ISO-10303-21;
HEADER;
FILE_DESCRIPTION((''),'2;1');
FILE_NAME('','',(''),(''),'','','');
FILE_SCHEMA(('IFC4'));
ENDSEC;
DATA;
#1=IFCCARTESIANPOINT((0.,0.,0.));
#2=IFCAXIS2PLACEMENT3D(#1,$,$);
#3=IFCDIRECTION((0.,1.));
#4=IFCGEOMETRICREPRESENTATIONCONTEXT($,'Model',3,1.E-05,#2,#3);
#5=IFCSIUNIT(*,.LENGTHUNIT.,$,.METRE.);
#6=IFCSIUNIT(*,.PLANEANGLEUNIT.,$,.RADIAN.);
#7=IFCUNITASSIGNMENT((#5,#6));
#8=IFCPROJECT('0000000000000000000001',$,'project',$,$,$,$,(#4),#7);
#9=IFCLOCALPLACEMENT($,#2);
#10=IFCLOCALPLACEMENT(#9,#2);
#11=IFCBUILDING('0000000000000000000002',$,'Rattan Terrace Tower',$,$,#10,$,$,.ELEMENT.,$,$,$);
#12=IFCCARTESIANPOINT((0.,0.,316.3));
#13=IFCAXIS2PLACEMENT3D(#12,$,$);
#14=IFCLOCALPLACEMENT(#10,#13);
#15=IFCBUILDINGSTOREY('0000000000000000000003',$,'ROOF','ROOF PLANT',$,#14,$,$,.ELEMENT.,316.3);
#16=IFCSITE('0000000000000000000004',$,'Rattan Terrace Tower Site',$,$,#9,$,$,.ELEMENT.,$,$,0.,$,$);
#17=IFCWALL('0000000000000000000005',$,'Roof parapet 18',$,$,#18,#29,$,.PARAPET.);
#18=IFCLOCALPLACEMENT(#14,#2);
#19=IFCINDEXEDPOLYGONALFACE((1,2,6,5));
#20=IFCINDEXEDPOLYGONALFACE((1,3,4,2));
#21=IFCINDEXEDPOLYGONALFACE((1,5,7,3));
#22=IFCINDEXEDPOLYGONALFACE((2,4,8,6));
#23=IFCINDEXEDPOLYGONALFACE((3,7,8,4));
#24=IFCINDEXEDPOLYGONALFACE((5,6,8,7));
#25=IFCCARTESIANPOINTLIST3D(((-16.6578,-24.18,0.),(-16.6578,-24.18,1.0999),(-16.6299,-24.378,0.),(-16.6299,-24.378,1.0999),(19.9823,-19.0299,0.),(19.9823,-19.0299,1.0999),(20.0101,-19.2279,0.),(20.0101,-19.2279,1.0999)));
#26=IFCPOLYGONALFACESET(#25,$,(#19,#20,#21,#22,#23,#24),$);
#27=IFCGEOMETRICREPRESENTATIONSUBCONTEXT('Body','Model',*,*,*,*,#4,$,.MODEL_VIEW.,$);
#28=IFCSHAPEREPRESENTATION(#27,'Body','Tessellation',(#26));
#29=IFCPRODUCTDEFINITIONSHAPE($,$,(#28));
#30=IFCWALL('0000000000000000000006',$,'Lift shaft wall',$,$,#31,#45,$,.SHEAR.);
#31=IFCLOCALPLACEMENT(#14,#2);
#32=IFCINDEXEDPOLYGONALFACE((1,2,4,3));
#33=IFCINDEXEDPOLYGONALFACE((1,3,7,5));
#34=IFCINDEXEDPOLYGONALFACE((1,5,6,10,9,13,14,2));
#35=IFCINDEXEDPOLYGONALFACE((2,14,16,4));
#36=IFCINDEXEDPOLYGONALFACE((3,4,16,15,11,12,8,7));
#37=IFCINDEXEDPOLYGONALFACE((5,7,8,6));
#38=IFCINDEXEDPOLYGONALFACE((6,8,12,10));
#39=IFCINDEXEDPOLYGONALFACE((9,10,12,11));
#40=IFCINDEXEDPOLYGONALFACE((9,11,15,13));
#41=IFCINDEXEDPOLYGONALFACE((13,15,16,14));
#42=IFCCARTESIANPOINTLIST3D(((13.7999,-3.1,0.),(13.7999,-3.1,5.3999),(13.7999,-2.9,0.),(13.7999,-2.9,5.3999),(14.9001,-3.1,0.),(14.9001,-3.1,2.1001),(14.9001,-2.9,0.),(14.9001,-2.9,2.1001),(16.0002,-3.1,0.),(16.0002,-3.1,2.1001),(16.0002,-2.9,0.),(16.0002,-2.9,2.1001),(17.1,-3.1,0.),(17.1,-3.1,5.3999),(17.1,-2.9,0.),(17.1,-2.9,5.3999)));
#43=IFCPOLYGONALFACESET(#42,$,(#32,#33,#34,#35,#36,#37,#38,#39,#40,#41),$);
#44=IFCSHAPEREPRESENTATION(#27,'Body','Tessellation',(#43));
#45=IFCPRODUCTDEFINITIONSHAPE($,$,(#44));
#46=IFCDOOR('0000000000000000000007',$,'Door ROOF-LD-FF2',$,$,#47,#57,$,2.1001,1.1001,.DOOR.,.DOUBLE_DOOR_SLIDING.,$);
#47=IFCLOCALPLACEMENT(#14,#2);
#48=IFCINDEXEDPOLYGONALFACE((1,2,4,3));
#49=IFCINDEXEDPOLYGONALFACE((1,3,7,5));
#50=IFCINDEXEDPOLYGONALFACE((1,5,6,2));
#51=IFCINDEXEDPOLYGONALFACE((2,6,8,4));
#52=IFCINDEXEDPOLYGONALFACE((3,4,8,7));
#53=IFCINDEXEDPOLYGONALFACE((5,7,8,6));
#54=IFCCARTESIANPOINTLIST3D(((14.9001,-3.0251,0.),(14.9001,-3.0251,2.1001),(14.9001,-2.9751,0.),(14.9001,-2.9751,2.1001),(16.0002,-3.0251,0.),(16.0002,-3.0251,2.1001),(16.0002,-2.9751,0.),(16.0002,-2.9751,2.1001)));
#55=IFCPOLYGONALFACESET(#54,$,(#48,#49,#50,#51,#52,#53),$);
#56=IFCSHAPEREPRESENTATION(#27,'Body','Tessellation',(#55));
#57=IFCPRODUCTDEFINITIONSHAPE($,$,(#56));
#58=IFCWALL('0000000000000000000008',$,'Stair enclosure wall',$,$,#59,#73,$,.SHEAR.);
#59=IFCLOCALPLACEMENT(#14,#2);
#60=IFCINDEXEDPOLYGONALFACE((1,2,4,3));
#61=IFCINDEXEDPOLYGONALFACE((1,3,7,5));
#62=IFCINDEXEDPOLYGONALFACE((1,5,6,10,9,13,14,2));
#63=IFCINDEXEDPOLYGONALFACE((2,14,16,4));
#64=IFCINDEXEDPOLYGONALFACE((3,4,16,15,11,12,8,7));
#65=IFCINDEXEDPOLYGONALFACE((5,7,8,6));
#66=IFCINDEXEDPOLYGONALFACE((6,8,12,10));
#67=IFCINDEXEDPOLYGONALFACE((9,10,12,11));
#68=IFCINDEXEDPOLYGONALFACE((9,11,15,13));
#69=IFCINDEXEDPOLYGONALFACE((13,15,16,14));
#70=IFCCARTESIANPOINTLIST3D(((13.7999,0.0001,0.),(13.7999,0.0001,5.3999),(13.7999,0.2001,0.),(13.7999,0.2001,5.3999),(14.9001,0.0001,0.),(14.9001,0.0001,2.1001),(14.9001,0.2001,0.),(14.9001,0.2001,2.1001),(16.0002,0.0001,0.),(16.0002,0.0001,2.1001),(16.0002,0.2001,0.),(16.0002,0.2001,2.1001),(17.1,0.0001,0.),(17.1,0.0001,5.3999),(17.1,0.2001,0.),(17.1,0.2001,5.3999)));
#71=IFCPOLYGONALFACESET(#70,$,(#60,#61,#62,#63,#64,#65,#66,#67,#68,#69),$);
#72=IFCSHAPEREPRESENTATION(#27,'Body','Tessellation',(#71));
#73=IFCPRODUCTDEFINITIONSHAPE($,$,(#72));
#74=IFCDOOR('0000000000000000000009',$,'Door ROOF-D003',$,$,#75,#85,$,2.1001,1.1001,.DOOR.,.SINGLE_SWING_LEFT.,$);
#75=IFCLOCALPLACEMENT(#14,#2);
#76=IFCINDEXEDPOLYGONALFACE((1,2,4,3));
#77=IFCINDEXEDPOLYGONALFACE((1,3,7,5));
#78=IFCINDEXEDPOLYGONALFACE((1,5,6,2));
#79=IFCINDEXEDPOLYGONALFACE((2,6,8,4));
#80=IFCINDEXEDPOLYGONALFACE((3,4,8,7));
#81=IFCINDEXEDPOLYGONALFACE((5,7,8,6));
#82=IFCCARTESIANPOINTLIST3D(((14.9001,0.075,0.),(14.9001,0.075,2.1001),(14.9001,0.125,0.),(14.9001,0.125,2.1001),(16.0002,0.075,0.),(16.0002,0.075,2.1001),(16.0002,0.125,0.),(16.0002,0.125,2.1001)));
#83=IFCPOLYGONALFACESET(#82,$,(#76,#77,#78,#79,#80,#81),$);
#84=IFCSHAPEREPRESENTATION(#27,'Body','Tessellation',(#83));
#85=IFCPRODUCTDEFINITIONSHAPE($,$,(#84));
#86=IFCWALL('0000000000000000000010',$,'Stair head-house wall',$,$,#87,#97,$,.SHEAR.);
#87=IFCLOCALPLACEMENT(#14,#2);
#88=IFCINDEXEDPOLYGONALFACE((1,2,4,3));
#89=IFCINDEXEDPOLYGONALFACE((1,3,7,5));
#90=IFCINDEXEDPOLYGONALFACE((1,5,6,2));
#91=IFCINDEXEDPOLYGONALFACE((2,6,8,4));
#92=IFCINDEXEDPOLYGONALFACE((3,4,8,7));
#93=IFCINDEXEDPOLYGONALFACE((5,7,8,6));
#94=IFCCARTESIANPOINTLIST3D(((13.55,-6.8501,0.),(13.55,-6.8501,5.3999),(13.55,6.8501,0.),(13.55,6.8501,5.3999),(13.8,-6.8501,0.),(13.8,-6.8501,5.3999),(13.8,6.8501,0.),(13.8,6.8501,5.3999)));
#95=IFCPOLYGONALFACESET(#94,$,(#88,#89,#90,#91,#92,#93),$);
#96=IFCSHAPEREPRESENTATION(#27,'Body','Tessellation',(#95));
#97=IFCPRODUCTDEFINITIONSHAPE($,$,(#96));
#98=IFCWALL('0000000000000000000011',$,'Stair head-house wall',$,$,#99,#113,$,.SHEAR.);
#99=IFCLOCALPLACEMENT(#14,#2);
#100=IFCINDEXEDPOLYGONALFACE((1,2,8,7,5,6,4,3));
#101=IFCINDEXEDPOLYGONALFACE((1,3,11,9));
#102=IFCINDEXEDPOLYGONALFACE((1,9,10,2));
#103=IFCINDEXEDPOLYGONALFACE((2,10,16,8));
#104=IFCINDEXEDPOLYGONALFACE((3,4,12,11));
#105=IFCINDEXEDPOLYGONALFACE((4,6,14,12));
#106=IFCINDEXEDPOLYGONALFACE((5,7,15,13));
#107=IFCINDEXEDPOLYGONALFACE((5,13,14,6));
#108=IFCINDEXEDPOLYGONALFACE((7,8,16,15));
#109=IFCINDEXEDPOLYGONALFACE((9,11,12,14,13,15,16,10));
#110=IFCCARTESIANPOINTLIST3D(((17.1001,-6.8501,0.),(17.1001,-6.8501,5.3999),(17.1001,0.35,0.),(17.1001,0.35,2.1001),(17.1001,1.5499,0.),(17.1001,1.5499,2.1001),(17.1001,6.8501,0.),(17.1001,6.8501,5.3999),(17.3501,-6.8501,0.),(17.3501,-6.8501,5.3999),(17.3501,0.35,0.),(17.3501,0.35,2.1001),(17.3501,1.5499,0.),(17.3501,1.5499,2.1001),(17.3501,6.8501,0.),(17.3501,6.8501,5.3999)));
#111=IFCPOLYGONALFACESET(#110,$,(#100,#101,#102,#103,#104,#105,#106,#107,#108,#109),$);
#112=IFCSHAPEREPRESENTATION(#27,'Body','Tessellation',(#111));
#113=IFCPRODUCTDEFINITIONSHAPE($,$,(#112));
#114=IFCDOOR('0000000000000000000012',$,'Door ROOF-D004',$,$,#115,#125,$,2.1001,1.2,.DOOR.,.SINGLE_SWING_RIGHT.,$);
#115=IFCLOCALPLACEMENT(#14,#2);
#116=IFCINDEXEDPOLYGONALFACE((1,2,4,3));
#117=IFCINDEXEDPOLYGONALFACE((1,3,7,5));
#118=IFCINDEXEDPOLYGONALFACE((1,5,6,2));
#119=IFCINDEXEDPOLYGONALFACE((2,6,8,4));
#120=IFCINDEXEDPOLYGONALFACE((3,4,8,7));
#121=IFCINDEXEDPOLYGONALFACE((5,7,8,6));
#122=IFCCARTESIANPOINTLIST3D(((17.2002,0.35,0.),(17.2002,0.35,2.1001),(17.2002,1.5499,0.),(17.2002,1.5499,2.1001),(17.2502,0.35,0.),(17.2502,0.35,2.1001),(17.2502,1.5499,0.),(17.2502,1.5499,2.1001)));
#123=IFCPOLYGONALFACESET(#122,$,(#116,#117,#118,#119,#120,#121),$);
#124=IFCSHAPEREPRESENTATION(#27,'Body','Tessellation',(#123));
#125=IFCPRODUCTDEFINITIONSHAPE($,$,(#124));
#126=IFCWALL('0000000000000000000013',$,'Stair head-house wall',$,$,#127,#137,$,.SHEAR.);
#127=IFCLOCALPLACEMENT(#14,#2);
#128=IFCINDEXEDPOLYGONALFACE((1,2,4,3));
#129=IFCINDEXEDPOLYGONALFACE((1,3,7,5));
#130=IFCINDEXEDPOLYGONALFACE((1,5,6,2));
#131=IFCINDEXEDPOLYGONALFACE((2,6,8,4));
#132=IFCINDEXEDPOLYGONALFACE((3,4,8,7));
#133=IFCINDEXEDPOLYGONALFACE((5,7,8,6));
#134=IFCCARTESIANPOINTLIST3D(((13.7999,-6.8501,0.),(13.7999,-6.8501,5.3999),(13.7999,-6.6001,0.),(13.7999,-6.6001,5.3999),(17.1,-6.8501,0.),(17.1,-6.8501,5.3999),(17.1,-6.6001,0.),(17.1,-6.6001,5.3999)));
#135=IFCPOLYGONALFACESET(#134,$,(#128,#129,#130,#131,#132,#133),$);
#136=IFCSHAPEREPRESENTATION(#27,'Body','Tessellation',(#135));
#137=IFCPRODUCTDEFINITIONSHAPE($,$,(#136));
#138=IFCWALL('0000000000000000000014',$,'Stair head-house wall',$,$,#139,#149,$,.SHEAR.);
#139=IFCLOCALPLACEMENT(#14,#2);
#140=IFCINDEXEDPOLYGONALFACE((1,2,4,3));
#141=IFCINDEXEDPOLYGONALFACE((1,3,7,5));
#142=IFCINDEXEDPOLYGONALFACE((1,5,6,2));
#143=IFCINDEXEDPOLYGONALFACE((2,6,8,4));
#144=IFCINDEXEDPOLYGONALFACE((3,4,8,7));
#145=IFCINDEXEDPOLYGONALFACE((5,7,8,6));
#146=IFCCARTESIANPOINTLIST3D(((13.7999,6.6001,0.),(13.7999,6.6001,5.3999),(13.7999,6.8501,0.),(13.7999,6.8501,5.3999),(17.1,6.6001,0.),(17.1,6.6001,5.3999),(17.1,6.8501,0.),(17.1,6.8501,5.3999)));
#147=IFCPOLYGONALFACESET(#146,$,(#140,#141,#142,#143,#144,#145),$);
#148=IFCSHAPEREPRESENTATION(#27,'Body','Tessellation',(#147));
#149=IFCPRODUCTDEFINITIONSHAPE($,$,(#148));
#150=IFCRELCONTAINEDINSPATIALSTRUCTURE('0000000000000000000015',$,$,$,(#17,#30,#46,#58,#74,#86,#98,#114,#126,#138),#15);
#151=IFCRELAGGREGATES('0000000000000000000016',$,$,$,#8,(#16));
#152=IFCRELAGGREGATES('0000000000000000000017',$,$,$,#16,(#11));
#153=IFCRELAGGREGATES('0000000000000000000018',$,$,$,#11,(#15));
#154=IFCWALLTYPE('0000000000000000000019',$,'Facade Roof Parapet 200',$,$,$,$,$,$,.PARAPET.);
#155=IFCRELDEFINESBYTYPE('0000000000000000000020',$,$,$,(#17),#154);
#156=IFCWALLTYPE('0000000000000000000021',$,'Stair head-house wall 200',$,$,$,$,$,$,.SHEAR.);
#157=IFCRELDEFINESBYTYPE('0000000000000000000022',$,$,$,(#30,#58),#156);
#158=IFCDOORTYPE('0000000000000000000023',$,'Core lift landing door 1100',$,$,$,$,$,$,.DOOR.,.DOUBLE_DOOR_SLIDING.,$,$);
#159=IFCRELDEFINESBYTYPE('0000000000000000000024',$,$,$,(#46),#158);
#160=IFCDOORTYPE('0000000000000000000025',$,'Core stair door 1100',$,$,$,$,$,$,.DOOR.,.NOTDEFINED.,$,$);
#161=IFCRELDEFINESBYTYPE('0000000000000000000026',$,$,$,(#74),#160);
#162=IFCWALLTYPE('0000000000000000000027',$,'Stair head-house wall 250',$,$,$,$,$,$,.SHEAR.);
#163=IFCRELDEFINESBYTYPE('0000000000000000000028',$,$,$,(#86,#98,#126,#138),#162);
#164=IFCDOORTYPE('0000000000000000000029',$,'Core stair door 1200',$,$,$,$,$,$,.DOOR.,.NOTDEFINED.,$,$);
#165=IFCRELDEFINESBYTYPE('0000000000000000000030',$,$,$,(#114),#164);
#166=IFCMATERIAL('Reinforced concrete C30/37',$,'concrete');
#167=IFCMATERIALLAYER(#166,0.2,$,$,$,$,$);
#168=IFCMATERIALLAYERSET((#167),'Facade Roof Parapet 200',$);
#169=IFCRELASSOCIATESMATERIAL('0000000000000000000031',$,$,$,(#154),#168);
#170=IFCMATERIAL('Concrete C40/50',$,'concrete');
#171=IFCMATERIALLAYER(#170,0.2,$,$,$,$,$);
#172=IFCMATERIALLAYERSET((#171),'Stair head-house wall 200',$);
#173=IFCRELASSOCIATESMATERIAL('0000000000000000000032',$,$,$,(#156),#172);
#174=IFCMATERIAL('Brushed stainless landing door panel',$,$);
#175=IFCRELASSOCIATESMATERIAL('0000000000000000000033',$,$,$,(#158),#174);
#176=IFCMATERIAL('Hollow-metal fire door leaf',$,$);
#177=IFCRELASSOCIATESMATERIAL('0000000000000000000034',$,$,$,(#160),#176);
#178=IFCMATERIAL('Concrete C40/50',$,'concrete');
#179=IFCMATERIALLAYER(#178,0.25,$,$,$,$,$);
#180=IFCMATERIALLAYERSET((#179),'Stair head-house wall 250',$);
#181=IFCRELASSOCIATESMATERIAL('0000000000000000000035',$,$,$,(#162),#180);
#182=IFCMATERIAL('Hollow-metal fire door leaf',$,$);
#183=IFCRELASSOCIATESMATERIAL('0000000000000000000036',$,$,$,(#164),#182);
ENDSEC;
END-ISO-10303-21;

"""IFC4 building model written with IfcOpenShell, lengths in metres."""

from ifc_helpers import new_model, si_unit, direction, frame, frame_2d, origin, place, context, subcontext, project, spatial, rectangle, extrude, material, layer, layer_set, type_object, element, fill, save


model = new_model("IFC4")

# Units and contexts
model_context = context("Model", 3, precision=1e-05, world=origin(), true_north=direction((0.0, 1.0)))
body_context = subcontext(model_context, "Body", "Model", "MODEL_VIEW")
ifc_project = project(units=[si_unit("LENGTHUNIT", "METRE"), si_unit("PLANEANGLEUNIT", "RADIAN")], contexts=[model_context])

# Site, building, storey
site_placement = place(None, origin())
site = spatial("IfcSite", under=ifc_project, at=site_placement, Name="Rattan Terrace Tower Site", CompositionType="ELEMENT", RefElevation=0.0)
building_placement = place(site_placement, origin())
building = spatial("IfcBuilding", under=site, at=building_placement, Name="Rattan Terrace Tower", CompositionType="ELEMENT")
storey_placement = place(building_placement, frame((0.0, 0.0, 316.3)))
storey = spatial("IfcBuildingStorey", under=building, at=storey_placement, Name="ROOF", Description="ROOF PLANT", CompositionType="ELEMENT", Elevation=316.3)

# Wall
ifc_material_1 = material(Name="Reinforced concrete C30/37", Category="concrete")
ifc_layer_1 = layer(ifc_material_1, 0.2)
ifc_layer_set_1 = layer_set([ifc_layer_1], Name="Facade Roof Parapet 200")
wall_type_1 = type_object("IfcWallType", Name="Facade Roof Parapet 200", PredefinedType="PARAPET", material=ifc_layer_set_1)
wall_1_placement = place(storey_placement, frame((19.9961, -19.1289, 0.0), z_axis=(0.0, 0.0, 1.0), x_axis=(-0.990265, -0.139192, 0.0)))
element("IfcWall", 1, at=wall_1_placement, inside=storey, type_object=wall_type_1, Name="Roof parapet 18", PredefinedType="PARAPET", context=body_context, shape_type="SweptSolid", body=[
    extrude(rectangle(XDim=37.0002, YDim=0.2, at=frame_2d((18.5, 0.0))), origin(), (0.0, 0.0, 1.0), 1.0999),
])

# Walls, openings, doors
ifc_material_2 = material(Name="Concrete C40/50", Category="concrete")
ifc_layer_2 = layer(ifc_material_2, 0.2)
ifc_layer_set_2 = layer_set([ifc_layer_2], Name="Stair head-house wall 200")
wall_type_2 = type_object("IfcWallType", Name="Stair head-house wall 200", PredefinedType="SHEAR", material=ifc_layer_set_2)
wall_2_placement = place(storey_placement, frame((13.8, -3.0, 0.0), z_axis=(0.0, 0.0, 1.0), x_axis=(1.0, 0.0, 0.0)))
wall_2 = element("IfcWall", 2, at=wall_2_placement, inside=storey, type_object=wall_type_2, Name="Lift shaft wall", PredefinedType="SHEAR", context=body_context, shape_type="SweptSolid", body=[
    extrude(rectangle(XDim=3.3, YDim=0.2, at=frame_2d((1.6499, 0.0))), origin(), (0.0, 0.0, 1.0), 5.3999),
])
opening_1_placement = place(wall_2_placement, frame((1.1001, 0.0, 0.0)))
opening_1 = element("IfcOpeningElement", 3, at=opening_1_placement, cuts=wall_2, PredefinedType="OPENING", context=body_context, shape_type="SweptSolid", body=[
    extrude(rectangle(XDim=1.1001, YDim=2.1001, at=frame_2d((0.55, 1.05))), frame((0.0, 0.1106, 0.0), z_axis=(0.0, -1.0, 0.0), x_axis=(1.0, 0.0, 0.0)), (0.0, 0.0, 1.0), 0.2209),
])
ifc_material_3 = material(Name="Brushed stainless landing door panel")
door_type_1 = type_object("IfcDoorType", Name="Core lift landing door 1100", OperationType="DOUBLE_DOOR_SLIDING", PredefinedType="DOOR", material=ifc_material_3)
door_1_placement = place(opening_1_placement, origin())
door_1 = element("IfcDoor", 4, at=door_1_placement, inside=storey, type_object=door_type_1, Name="Door ROOF-LD-FF2", OperationType="DOUBLE_DOOR_SLIDING", OverallHeight=2.1001, OverallWidth=1.1001, PredefinedType="DOOR", context=body_context, shape_type="SweptSolid", body=[
    extrude(rectangle(XDim=1.1001, YDim=2.1001, at=frame_2d((0.55, 1.05))), frame((0.0, 0.0249, 0.0), z_axis=(0.0, -1.0, 0.0), x_axis=(1.0, 0.0, 0.0)), (0.0, 0.0, 1.0), 0.05),
])
fill(opening_1, door_1)
wall_3_placement = place(storey_placement, frame((13.8, 0.1001, 0.0), z_axis=(0.0, 0.0, 1.0), x_axis=(1.0, 0.0, 0.0)))
wall_3 = element("IfcWall", 5, at=wall_3_placement, inside=storey, type_object=wall_type_2, Name="Stair enclosure wall", PredefinedType="SHEAR", context=body_context, shape_type="SweptSolid", body=[
    extrude(rectangle(XDim=3.3, YDim=0.2, at=frame_2d((1.6499, 0.0))), origin(), (0.0, 0.0, 1.0), 5.3999),
])
opening_2_placement = place(wall_3_placement, frame((1.1001, 0.0, 0.0)))
opening_2 = element("IfcOpeningElement", 6, at=opening_2_placement, cuts=wall_3, PredefinedType="OPENING", context=body_context, shape_type="SweptSolid", body=[
    extrude(rectangle(XDim=1.1001, YDim=2.1001, at=frame_2d((0.55, 1.05))), frame((0.0, 0.1106, 0.0), z_axis=(0.0, -1.0, 0.0), x_axis=(1.0, 0.0, 0.0)), (0.0, 0.0, 1.0), 0.2209),
])
ifc_material_4 = material(Name="Hollow-metal fire door leaf")
door_type_2 = type_object("IfcDoorType", Name="Core stair door 1100", OperationType="NOTDEFINED", PredefinedType="DOOR", material=ifc_material_4)
door_2_placement = place(opening_2_placement, origin())
door_2 = element("IfcDoor", 7, at=door_2_placement, inside=storey, type_object=door_type_2, Name="Door ROOF-D003", OperationType="SINGLE_SWING_LEFT", OverallHeight=2.1001, OverallWidth=1.1001, PredefinedType="DOOR", context=body_context, shape_type="SweptSolid", body=[
    extrude(rectangle(XDim=1.1001, YDim=2.1001, at=frame_2d((0.55, 1.05))), frame((0.0, 0.0249, 0.0), z_axis=(0.0, -1.0, 0.0), x_axis=(1.0, 0.0, 0.0)), (0.0, 0.0, 1.0), 0.05),
])
fill(opening_2, door_2)

# Wall
ifc_material_5 = material(Name="Concrete C40/50", Category="concrete")
ifc_layer_3 = layer(ifc_material_5, 0.25)
ifc_layer_set_3 = layer_set([ifc_layer_3], Name="Stair head-house wall 250")
wall_type_3 = type_object("IfcWallType", Name="Stair head-house wall 250", PredefinedType="SHEAR", material=ifc_layer_set_3)
wall_4_placement = place(storey_placement, frame((13.675, -6.8501, 0.0), z_axis=(0.0, 0.0, 1.0), x_axis=(0.0, 1.0, 0.0)))
element("IfcWall", 8, at=wall_4_placement, inside=storey, type_object=wall_type_3, Name="Stair head-house wall", PredefinedType="SHEAR", context=body_context, shape_type="SweptSolid", body=[
    extrude(rectangle(XDim=13.7002, YDim=0.25, at=frame_2d((6.8501, 0.0))), origin(), (0.0, 0.0, 1.0), 5.3999),
])

# Wall, opening, door
wall_5_placement = place(storey_placement, frame((17.2251, -6.8501, 0.0), z_axis=(0.0, 0.0, 1.0), x_axis=(0.0, 1.0, 0.0)))
wall_5 = element("IfcWall", 9, at=wall_5_placement, inside=storey, type_object=wall_type_3, Name="Stair head-house wall", PredefinedType="SHEAR", context=body_context, shape_type="SweptSolid", body=[
    extrude(rectangle(XDim=13.7002, YDim=0.25, at=frame_2d((6.8501, 0.0))), origin(), (0.0, 0.0, 1.0), 5.3999),
])
opening_3_placement = place(wall_5_placement, frame((7.2, 0.0, 0.0)))
opening_3 = element("IfcOpeningElement", 10, at=opening_3_placement, cuts=wall_5, PredefinedType="OPENING", context=body_context, shape_type="SweptSolid", body=[
    extrude(rectangle(XDim=1.2, YDim=2.1001, at=frame_2d((0.6001, 1.05))), frame((0.0, 0.1355, 0.0), z_axis=(0.0, -1.0, 0.0), x_axis=(1.0, 0.0, 0.0)), (0.0, 0.0, 1.0), 0.271),
])
ifc_material_6 = material(Name="Hollow-metal fire door leaf")
door_type_3 = type_object("IfcDoorType", Name="Core stair door 1200", OperationType="NOTDEFINED", PredefinedType="DOOR", material=ifc_material_6)
door_3_placement = place(opening_3_placement, origin())
door_3 = element("IfcDoor", 11, at=door_3_placement, inside=storey, type_object=door_type_3, Name="Door ROOF-D004", OperationType="SINGLE_SWING_RIGHT", OverallHeight=2.1001, OverallWidth=1.2, PredefinedType="DOOR", context=body_context, shape_type="SweptSolid", body=[
    extrude(rectangle(XDim=1.2, YDim=2.1001, at=frame_2d((0.6001, 1.05))), frame((0.0, 0.0249, 0.0), z_axis=(0.0, -1.0, 0.0), x_axis=(1.0, 0.0, 0.0)), (0.0, 0.0, 1.0), 0.05),
])
fill(opening_3, door_3)

# Walls
for number, where, z_axis, x_axis, name in (
    (12, (13.8, -6.7251, 0.0), (0.0, 0.0, 1.0), (1.0, 0.0, 0.0), "Stair head-house wall"),
    (13, (13.8, 6.7251, 0.0), (0.0, 0.0, 1.0), (1.0, 0.0, 0.0), "Stair head-house wall"),
):
    element("IfcWall", number, at=place(storey_placement, frame(where, z_axis=z_axis, x_axis=x_axis)), inside=storey, type_object=wall_type_3, Name=name, PredefinedType="SHEAR", context=body_context, shape_type="SweptSolid", body=[
        extrude(rectangle(XDim=3.3, YDim=0.25, at=frame_2d((1.6499, 0.0))), origin(), (0.0, 0.0, 1.0), 5.3999),
    ])

save(model, "model.ifc")
